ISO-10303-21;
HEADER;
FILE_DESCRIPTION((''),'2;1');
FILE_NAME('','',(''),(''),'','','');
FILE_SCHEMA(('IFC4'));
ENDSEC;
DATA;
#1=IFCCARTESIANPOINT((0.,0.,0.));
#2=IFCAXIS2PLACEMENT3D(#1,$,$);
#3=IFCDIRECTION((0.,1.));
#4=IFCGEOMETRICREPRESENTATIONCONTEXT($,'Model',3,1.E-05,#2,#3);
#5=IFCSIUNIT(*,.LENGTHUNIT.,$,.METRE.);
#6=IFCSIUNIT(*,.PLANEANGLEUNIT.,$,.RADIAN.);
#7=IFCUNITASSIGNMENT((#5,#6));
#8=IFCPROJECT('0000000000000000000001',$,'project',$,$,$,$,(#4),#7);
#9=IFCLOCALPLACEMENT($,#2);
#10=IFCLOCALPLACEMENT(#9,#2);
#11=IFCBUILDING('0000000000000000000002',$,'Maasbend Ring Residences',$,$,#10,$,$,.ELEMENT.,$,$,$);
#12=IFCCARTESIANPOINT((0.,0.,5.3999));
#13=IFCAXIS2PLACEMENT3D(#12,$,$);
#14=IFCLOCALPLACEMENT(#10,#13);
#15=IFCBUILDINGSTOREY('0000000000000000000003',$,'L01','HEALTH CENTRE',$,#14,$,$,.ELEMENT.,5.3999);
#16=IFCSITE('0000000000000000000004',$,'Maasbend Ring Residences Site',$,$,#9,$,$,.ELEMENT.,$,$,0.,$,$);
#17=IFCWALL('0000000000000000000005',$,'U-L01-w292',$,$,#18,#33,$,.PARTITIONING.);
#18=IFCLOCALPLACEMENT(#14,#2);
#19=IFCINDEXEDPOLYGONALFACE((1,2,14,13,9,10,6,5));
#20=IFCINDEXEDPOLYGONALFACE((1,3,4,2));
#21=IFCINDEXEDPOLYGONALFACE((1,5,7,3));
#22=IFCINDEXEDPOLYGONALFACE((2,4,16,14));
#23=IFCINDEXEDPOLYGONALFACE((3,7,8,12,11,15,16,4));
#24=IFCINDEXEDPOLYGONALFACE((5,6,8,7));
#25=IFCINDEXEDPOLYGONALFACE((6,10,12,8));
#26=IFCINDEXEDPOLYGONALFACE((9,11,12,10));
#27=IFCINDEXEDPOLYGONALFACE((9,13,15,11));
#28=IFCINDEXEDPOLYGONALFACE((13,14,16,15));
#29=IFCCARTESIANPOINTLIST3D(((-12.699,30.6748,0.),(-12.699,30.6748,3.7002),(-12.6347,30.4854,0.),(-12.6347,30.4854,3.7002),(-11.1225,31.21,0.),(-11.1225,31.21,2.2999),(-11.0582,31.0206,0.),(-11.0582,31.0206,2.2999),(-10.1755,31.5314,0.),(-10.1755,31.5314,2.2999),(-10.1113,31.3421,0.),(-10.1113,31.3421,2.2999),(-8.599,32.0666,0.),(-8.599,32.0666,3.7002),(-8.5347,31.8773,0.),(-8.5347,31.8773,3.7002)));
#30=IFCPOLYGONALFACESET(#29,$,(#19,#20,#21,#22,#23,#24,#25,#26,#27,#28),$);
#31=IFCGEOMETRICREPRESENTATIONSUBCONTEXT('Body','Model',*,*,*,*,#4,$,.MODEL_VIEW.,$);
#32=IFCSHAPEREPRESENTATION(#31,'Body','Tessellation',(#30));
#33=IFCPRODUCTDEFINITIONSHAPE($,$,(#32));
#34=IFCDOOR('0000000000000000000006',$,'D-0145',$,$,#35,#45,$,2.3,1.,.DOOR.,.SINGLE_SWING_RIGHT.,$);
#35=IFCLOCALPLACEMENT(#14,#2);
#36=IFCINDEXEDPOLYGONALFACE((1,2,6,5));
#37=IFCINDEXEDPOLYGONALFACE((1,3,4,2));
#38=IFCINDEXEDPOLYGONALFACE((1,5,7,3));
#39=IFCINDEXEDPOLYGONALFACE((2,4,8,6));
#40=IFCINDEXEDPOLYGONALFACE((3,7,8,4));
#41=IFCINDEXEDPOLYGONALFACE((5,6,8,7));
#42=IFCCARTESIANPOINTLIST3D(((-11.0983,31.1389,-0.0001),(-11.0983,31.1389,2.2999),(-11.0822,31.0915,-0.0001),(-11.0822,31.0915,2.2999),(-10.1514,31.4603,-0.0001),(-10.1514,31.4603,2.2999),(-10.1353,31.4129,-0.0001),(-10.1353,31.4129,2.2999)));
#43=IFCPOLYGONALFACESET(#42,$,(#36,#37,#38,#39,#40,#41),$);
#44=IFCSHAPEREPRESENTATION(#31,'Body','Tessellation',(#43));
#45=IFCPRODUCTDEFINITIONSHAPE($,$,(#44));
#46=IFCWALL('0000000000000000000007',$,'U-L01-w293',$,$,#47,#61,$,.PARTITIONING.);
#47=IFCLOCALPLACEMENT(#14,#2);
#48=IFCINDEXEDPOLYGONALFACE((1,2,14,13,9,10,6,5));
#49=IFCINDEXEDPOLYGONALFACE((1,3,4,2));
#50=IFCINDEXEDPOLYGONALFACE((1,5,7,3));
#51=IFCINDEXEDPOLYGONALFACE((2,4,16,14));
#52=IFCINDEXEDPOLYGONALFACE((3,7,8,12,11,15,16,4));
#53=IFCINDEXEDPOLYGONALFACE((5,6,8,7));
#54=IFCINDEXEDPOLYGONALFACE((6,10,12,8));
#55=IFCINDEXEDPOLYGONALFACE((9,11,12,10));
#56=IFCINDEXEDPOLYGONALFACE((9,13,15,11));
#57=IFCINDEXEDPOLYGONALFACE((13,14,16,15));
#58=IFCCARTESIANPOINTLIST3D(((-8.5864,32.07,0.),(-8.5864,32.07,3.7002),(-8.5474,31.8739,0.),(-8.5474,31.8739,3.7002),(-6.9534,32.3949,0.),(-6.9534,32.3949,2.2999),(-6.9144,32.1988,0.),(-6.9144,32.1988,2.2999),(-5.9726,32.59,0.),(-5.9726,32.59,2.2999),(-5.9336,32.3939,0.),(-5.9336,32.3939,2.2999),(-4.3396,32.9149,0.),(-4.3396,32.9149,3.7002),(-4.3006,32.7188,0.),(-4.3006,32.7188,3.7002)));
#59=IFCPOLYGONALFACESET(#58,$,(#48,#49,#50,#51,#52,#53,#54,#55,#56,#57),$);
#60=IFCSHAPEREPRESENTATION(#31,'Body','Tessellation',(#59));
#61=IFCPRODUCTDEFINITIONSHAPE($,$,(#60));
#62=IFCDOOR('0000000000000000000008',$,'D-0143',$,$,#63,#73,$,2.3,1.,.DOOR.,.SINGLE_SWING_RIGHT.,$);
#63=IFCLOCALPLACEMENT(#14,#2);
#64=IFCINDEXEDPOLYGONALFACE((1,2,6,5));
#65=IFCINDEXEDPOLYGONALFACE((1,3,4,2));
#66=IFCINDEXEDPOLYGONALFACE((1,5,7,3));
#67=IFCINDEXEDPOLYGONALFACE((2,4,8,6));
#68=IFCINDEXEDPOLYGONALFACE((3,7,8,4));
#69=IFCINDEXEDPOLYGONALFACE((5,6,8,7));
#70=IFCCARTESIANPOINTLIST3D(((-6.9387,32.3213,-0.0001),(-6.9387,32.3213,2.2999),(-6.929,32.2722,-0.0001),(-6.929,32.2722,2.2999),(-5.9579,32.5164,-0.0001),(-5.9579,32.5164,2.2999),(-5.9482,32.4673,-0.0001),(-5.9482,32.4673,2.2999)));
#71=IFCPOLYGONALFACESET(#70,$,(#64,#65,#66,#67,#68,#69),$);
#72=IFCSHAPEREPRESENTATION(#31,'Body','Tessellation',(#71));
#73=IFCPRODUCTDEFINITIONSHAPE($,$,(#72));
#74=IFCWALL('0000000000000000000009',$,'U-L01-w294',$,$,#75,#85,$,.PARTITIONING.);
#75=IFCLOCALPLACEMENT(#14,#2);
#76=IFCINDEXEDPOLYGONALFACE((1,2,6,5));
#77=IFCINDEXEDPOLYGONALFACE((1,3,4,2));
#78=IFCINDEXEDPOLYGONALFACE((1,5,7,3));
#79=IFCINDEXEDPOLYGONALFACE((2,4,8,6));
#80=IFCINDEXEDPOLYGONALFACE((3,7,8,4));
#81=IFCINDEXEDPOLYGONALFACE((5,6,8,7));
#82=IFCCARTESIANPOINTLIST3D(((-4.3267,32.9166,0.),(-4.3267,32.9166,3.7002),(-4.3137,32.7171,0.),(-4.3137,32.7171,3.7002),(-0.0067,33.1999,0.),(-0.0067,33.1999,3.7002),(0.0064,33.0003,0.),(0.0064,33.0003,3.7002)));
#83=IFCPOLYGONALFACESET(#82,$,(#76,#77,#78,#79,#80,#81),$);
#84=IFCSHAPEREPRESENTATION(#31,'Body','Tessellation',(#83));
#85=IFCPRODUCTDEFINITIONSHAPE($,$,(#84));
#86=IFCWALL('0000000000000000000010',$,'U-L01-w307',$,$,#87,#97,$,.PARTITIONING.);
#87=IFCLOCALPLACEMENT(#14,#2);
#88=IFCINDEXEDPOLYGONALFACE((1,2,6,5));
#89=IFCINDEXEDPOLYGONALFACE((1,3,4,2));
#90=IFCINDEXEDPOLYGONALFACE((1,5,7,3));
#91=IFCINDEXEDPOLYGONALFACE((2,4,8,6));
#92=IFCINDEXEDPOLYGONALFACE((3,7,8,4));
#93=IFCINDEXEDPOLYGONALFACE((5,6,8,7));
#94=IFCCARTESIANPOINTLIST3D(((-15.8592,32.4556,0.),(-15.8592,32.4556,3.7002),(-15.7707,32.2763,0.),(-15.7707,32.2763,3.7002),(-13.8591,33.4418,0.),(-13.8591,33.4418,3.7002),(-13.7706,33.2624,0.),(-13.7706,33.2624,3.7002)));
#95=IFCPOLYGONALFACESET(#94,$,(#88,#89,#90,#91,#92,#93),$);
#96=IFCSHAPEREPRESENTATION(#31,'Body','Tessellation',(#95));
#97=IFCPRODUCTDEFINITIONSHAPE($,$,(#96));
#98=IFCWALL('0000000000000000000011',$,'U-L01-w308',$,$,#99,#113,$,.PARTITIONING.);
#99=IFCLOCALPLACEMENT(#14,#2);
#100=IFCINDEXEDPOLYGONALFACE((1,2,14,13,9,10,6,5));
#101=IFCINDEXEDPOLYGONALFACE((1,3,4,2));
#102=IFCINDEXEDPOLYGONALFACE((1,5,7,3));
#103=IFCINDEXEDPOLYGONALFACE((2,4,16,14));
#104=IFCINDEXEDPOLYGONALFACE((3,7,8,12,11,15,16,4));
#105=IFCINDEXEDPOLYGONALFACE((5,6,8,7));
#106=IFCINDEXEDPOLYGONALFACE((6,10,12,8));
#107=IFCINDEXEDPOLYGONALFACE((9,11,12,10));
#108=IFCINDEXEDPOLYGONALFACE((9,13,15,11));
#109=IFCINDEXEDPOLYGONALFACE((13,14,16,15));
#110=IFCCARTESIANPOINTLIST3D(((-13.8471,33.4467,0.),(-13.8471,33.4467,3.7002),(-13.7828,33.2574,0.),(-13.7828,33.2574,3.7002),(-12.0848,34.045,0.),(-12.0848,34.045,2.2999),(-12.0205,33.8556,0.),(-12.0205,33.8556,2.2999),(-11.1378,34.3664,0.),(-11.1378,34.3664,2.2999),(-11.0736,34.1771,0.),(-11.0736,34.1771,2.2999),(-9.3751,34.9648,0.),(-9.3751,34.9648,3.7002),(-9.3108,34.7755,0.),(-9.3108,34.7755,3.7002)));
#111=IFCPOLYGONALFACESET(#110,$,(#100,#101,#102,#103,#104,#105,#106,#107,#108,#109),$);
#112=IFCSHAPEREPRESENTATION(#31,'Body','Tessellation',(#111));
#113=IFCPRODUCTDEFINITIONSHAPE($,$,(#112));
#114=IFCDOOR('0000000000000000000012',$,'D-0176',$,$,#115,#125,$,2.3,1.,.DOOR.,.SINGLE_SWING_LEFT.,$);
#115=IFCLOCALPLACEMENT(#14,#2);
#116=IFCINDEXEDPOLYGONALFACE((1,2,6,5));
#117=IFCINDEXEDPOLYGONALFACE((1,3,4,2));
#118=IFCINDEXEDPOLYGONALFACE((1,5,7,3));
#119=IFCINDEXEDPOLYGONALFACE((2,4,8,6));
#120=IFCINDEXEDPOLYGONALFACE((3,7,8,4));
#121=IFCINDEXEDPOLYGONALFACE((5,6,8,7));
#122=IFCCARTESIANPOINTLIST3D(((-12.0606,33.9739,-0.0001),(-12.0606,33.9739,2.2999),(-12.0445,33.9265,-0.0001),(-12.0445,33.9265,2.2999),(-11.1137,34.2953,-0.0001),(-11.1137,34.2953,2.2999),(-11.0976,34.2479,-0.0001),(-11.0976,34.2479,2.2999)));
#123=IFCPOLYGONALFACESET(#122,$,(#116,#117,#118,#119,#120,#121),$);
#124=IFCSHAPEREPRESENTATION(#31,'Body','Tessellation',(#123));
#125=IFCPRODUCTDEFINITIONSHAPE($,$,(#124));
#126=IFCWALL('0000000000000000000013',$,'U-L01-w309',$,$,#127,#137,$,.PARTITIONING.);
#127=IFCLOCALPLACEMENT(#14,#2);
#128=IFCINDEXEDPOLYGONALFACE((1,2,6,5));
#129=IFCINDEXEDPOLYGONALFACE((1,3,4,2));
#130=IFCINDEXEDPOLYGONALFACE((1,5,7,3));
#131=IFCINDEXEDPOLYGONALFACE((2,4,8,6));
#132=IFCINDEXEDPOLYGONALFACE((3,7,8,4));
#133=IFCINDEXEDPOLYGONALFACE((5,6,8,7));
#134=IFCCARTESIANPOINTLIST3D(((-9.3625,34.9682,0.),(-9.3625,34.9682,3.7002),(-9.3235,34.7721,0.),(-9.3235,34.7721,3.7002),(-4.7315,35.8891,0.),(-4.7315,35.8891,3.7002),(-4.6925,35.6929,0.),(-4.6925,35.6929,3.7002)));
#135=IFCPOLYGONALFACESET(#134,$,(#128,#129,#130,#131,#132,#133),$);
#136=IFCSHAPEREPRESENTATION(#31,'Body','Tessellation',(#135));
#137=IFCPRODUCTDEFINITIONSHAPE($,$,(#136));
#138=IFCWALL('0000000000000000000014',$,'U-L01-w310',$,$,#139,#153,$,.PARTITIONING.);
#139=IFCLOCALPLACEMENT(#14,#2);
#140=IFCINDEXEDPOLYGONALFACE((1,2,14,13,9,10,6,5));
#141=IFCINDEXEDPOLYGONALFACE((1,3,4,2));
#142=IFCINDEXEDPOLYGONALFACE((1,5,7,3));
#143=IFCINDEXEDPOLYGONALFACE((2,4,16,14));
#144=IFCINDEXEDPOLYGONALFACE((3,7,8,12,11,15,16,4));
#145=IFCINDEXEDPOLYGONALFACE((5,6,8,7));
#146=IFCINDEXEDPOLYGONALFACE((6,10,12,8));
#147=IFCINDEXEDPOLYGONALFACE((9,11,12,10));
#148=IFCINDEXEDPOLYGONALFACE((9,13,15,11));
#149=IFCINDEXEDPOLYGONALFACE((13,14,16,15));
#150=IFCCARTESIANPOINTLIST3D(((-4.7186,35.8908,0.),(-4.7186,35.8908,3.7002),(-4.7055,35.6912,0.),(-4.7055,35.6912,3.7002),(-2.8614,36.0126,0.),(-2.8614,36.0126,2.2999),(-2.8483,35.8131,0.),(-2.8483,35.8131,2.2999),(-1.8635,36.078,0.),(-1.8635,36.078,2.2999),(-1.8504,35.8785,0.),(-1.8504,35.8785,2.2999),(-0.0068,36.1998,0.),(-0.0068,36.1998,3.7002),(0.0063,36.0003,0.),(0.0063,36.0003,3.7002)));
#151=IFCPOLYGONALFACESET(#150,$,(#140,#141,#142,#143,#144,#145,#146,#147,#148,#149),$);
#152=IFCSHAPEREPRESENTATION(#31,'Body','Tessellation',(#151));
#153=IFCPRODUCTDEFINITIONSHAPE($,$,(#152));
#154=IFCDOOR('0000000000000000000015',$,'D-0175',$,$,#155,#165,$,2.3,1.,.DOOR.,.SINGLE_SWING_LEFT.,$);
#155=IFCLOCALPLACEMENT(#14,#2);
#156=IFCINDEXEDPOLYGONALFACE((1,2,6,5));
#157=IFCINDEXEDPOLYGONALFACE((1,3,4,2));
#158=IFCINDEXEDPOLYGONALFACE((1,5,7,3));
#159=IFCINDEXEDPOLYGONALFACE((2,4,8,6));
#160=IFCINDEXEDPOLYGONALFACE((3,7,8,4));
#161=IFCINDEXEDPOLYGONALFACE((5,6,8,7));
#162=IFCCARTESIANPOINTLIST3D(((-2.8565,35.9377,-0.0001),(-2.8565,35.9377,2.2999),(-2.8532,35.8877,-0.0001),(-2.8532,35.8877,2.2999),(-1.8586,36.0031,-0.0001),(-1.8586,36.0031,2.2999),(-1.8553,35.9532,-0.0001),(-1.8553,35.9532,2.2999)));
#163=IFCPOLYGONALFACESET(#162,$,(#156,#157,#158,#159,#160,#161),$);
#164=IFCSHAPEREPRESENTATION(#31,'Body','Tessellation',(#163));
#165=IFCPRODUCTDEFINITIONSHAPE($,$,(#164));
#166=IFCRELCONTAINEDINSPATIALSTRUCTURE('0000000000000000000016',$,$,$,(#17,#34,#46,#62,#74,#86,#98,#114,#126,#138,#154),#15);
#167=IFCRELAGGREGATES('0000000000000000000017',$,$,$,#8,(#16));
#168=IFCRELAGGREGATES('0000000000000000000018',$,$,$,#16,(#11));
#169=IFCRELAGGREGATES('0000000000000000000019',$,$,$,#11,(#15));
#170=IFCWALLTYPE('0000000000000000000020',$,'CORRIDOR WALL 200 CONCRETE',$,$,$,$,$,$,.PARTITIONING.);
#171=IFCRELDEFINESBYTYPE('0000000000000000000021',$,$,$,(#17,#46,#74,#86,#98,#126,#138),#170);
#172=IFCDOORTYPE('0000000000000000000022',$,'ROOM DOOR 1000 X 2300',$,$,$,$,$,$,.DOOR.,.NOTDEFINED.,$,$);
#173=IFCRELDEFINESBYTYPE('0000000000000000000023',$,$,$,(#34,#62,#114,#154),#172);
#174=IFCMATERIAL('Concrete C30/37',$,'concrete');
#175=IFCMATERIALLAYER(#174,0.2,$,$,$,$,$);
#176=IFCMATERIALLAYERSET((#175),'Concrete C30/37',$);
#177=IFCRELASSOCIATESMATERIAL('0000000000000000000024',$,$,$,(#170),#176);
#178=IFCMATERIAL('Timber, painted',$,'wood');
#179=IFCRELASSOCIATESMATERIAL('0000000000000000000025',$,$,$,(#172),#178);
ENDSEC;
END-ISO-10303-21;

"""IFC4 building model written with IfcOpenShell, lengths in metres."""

from ifc_helpers import new_model, si_unit, direction, frame, frame_2d, origin, place, context, subcontext, project, spatial, rectangle, extrude, material, layer, layer_set, type_object, element, fill, save


model = new_model("IFC4")

# Units and contexts
model_context = context("Model", 3, precision=1e-05, world=origin(), true_north=direction((0.0, 1.0)))
body_context = subcontext(model_context, "Body", "Model", "MODEL_VIEW")
ifc_project = project(units=[si_unit("LENGTHUNIT", "METRE"), si_unit("PLANEANGLEUNIT", "RADIAN")], contexts=[model_context])

# Site, building, storey
site_placement = place(None, origin())
site = spatial("IfcSite", under=ifc_project, at=site_placement, Name="Maasbend Ring Residences Site", CompositionType="ELEMENT", RefElevation=0.0)
building_placement = place(site_placement, origin())
building = spatial("IfcBuilding", under=site, at=building_placement, Name="Maasbend Ring Residences", CompositionType="ELEMENT")
storey_placement = place(building_placement, frame((0.0, 0.0, 5.3999)))
storey = spatial("IfcBuildingStorey", under=building, at=storey_placement, Name="L01", Description="HEALTH CENTRE", CompositionType="ELEMENT", Elevation=5.3999)

# Walls, openings, doors
ifc_material_1 = material(Name="Concrete C30/37", Category="concrete")
ifc_layer_1 = layer(ifc_material_1, 0.2)
ifc_layer_set_1 = layer_set([ifc_layer_1], Name="Concrete C30/37")
wall_type_1 = type_object("IfcWallType", Name="CORRIDOR WALL 200 CONCRETE", PredefinedType="PARTITIONING", material=ifc_layer_set_1)
wall_1_placement = place(storey_placement, frame((-12.667, 30.5801, 0.0), z_axis=(0.0, 0.0, 1.0), x_axis=(0.946927, 0.32145, 0.0)))
wall_1 = element("IfcWall", 1, at=wall_1_placement, inside=storey, type_object=wall_type_1, Name="U-L01-w292", PredefinedType="PARTITIONING", context=body_context, shape_type="SweptSolid", body=[
    extrude(rectangle(XDim=4.3298, YDim=0.2, at=frame_2d((2.165, 0.0))), origin(), (0.0, 0.0, 1.0), 3.7002),
])
opening_1_placement = place(wall_1_placement, frame((1.665, 0.0, 0.0)))
opening_1 = element("IfcOpeningElement", 2, at=opening_1_placement, cuts=wall_1, PredefinedType="OPENING", context=body_context, shape_type="SweptSolid", body=[
    extrude(rectangle(XDim=1.0, YDim=2.3, at=frame_2d((0.5, 1.1499))), frame((0.0, 0.1099, 0.0), z_axis=(0.0, -1.0, 0.0), x_axis=(1.0, 0.0, 0.0)), (0.0, 0.0, 1.0), 0.22),
])
ifc_material_2 = material(Name="Timber, painted", Category="wood")
door_type = type_object("IfcDoorType", Name="ROOM DOOR 1000 X 2300", OperationType="NOTDEFINED", PredefinedType="DOOR", material=ifc_material_2)
door_1_placement = place(opening_1_placement, origin())
door_1 = element("IfcDoor", 3, at=door_1_placement, inside=storey, type_object=door_type, Name="D-0145", OperationType="SINGLE_SWING_RIGHT", OverallHeight=2.3, OverallWidth=1.0, PredefinedType="DOOR", context=body_context, shape_type="SweptSolid", body=[
    extrude(rectangle(XDim=1.0, YDim=2.3, at=frame_2d((0.5, 1.1499))), frame((0.0, 0.0249, 0.0), z_axis=(0.0, -1.0, 0.0), x_axis=(1.0, 0.0, 0.0)), (0.0, 0.0, 1.0), 0.05),
])
fill(opening_1, door_1)
wall_2_placement = place(storey_placement, frame((-8.5669, 31.9719, 0.0), z_axis=(0.0, 0.0, 1.0), x_axis=(0.980775, 0.19514, 0.0)))
wall_2 = element("IfcWall", 4, at=wall_2_placement, inside=storey, type_object=wall_type_1, Name="U-L01-w293", PredefinedType="PARTITIONING", context=body_context, shape_type="SweptSolid", body=[
    extrude(rectangle(XDim=4.3301, YDim=0.2, at=frame_2d((2.165, 0.0))), origin(), (0.0, 0.0, 1.0), 3.7002),
])
opening_2_placement = place(wall_2_placement, frame((1.665, 0.0, 0.0)))
opening_2 = element("IfcOpeningElement", 5, at=opening_2_placement, cuts=wall_2, PredefinedType="OPENING", context=body_context, shape_type="SweptSolid", body=[
    extrude(rectangle(XDim=1.0, YDim=2.3, at=frame_2d((0.5, 1.1499))), frame((0.0, 0.1099, 0.0), z_axis=(0.0, -1.0, 0.0), x_axis=(1.0, 0.0, 0.0)), (0.0, 0.0, 1.0), 0.22),
])
door_2_placement = place(opening_2_placement, origin())
door_2 = element("IfcDoor", 6, at=door_2_placement, inside=storey, type_object=door_type, Name="D-0143", OperationType="SINGLE_SWING_RIGHT", OverallHeight=2.3, OverallWidth=1.0, PredefinedType="DOOR", context=body_context, shape_type="SweptSolid", body=[
    extrude(rectangle(XDim=1.0, YDim=2.3, at=frame_2d((0.5, 1.1499))), frame((0.0, 0.0249, 0.0), z_axis=(0.0, -1.0, 0.0), x_axis=(1.0, 0.0, 0.0)), (0.0, 0.0, 1.0), 0.05),
])
fill(opening_2, door_2)

# Walls
wall_3_placement = place(storey_placement, frame((-4.3201, 32.8169, 0.0), z_axis=(0.0, 0.0, 1.0), x_axis=(0.997858, 0.065415, 0.0)))
element("IfcWall", 7, at=wall_3_placement, inside=storey, type_object=wall_type_1, Name="U-L01-w294", PredefinedType="PARTITIONING", context=body_context, shape_type="SweptSolid", body=[
    extrude(rectangle(XDim=4.3293, YDim=0.2, at=frame_2d((2.1646, 0.0))), origin(), (0.0, 0.0, 1.0), 3.7002),
])
wall_4_placement = place(storey_placement, frame((-15.8149, 32.366, 0.0), z_axis=(0.0, 0.0, 1.0), x_axis=(0.89691, 0.442214, 0.0)))
element("IfcWall", 8, at=wall_4_placement, inside=storey, type_object=wall_type_1, Name="U-L01-w307", PredefinedType="PARTITIONING", context=body_context, shape_type="SweptSolid", body=[
    extrude(rectangle(XDim=2.23, YDim=0.2, at=frame_2d((1.115, 0.0))), origin(), (0.0, 0.0, 1.0), 3.7002),
])

# Wall, opening, door
wall_5_placement = place(storey_placement, frame((-13.8149, 33.3521, 0.0), z_axis=(0.0, 0.0, 1.0), x_axis=(0.946927, 0.321449, 0.0)))
wall_5 = element("IfcWall", 9, at=wall_5_placement, inside=storey, type_object=wall_type_1, Name="U-L01-w308", PredefinedType="PARTITIONING", context=body_context, shape_type="SweptSolid", body=[
    extrude(rectangle(XDim=4.7227, YDim=0.2, at=frame_2d((2.3613, 0.0))), origin(), (0.0, 0.0, 1.0), 3.7002),
])
opening_3_placement = place(wall_5_placement, frame((1.8611, 0.0, 0.0)))
opening_3 = element("IfcOpeningElement", 10, at=opening_3_placement, cuts=wall_5, PredefinedType="OPENING", context=body_context, shape_type="SweptSolid", body=[
    extrude(rectangle(XDim=1.0, YDim=2.3, at=frame_2d((0.5, 1.1499))), frame((0.0, 0.1099, 0.0), z_axis=(0.0, -1.0, 0.0), x_axis=(1.0, 0.0, 0.0)), (0.0, 0.0, 1.0), 0.22),
])
door_3_placement = place(opening_3_placement, origin())
door_3 = element("IfcDoor", 11, at=door_3_placement, inside=storey, type_object=door_type, Name="D-0176", OperationType="SINGLE_SWING_LEFT", OverallHeight=2.3, OverallWidth=1.0, PredefinedType="DOOR", context=body_context, shape_type="SweptSolid", body=[
    extrude(rectangle(XDim=1.0, YDim=2.3, at=frame_2d((0.5, 1.1499))), frame((0.0, 0.0249, 0.0), z_axis=(0.0, -1.0, 0.0), x_axis=(1.0, 0.0, 0.0)), (0.0, 0.0, 1.0), 0.05),
])
fill(opening_3, door_3)

# Wall
wall_6_placement = place(storey_placement, frame((-9.343, 34.8701, 0.0), z_axis=(0.0, 0.0, 1.0), x_axis=(0.980797, 0.195032, 0.0)))
element("IfcWall", 12, at=wall_6_placement, inside=storey, type_object=wall_type_1, Name="U-L01-w309", PredefinedType="PARTITIONING", context=body_context, shape_type="SweptSolid", body=[
    extrude(rectangle(XDim=4.7217, YDim=0.2, at=frame_2d((2.3608, 0.0))), origin(), (0.0, 0.0, 1.0), 3.7002),
])

# Wall, opening, door
wall_7_placement = place(storey_placement, frame((-4.7119, 35.791, 0.0), z_axis=(0.0, 0.0, 1.0), x_axis=(0.997856, 0.065455, 0.0)))
wall_7 = element("IfcWall", 13, at=wall_7_placement, inside=storey, type_object=wall_type_1, Name="U-L01-w310", PredefinedType="PARTITIONING", context=body_context, shape_type="SweptSolid", body=[
    extrude(rectangle(XDim=4.7219, YDim=0.2, at=frame_2d((2.3608, 0.0))), origin(), (0.0, 0.0, 1.0), 3.7002),
])
opening_4_placement = place(wall_7_placement, frame((1.8611, 0.0, 0.0)))
opening_4 = element("IfcOpeningElement", 14, at=opening_4_placement, cuts=wall_7, PredefinedType="OPENING", context=body_context, shape_type="SweptSolid", body=[
    extrude(rectangle(XDim=1.0, YDim=2.3, at=frame_2d((0.5, 1.1499))), frame((0.0, 0.1099, 0.0), z_axis=(0.0, -1.0, 0.0), x_axis=(1.0, 0.0, 0.0)), (0.0, 0.0, 1.0), 0.22),
])
door_4_placement = place(opening_4_placement, origin())
door_4 = element("IfcDoor", 15, at=door_4_placement, inside=storey, type_object=door_type, Name="D-0175", OperationType="SINGLE_SWING_LEFT", OverallHeight=2.3, OverallWidth=1.0, PredefinedType="DOOR", context=body_context, shape_type="SweptSolid", body=[
    extrude(rectangle(XDim=1.0, YDim=2.3, at=frame_2d((0.5, 1.1499))), frame((0.0, 0.0249, 0.0), z_axis=(0.0, -1.0, 0.0), x_axis=(1.0, 0.0, 0.0)), (0.0, 0.0, 1.0), 0.05),
])
fill(opening_4, door_4)

save(model, "model.ifc")
